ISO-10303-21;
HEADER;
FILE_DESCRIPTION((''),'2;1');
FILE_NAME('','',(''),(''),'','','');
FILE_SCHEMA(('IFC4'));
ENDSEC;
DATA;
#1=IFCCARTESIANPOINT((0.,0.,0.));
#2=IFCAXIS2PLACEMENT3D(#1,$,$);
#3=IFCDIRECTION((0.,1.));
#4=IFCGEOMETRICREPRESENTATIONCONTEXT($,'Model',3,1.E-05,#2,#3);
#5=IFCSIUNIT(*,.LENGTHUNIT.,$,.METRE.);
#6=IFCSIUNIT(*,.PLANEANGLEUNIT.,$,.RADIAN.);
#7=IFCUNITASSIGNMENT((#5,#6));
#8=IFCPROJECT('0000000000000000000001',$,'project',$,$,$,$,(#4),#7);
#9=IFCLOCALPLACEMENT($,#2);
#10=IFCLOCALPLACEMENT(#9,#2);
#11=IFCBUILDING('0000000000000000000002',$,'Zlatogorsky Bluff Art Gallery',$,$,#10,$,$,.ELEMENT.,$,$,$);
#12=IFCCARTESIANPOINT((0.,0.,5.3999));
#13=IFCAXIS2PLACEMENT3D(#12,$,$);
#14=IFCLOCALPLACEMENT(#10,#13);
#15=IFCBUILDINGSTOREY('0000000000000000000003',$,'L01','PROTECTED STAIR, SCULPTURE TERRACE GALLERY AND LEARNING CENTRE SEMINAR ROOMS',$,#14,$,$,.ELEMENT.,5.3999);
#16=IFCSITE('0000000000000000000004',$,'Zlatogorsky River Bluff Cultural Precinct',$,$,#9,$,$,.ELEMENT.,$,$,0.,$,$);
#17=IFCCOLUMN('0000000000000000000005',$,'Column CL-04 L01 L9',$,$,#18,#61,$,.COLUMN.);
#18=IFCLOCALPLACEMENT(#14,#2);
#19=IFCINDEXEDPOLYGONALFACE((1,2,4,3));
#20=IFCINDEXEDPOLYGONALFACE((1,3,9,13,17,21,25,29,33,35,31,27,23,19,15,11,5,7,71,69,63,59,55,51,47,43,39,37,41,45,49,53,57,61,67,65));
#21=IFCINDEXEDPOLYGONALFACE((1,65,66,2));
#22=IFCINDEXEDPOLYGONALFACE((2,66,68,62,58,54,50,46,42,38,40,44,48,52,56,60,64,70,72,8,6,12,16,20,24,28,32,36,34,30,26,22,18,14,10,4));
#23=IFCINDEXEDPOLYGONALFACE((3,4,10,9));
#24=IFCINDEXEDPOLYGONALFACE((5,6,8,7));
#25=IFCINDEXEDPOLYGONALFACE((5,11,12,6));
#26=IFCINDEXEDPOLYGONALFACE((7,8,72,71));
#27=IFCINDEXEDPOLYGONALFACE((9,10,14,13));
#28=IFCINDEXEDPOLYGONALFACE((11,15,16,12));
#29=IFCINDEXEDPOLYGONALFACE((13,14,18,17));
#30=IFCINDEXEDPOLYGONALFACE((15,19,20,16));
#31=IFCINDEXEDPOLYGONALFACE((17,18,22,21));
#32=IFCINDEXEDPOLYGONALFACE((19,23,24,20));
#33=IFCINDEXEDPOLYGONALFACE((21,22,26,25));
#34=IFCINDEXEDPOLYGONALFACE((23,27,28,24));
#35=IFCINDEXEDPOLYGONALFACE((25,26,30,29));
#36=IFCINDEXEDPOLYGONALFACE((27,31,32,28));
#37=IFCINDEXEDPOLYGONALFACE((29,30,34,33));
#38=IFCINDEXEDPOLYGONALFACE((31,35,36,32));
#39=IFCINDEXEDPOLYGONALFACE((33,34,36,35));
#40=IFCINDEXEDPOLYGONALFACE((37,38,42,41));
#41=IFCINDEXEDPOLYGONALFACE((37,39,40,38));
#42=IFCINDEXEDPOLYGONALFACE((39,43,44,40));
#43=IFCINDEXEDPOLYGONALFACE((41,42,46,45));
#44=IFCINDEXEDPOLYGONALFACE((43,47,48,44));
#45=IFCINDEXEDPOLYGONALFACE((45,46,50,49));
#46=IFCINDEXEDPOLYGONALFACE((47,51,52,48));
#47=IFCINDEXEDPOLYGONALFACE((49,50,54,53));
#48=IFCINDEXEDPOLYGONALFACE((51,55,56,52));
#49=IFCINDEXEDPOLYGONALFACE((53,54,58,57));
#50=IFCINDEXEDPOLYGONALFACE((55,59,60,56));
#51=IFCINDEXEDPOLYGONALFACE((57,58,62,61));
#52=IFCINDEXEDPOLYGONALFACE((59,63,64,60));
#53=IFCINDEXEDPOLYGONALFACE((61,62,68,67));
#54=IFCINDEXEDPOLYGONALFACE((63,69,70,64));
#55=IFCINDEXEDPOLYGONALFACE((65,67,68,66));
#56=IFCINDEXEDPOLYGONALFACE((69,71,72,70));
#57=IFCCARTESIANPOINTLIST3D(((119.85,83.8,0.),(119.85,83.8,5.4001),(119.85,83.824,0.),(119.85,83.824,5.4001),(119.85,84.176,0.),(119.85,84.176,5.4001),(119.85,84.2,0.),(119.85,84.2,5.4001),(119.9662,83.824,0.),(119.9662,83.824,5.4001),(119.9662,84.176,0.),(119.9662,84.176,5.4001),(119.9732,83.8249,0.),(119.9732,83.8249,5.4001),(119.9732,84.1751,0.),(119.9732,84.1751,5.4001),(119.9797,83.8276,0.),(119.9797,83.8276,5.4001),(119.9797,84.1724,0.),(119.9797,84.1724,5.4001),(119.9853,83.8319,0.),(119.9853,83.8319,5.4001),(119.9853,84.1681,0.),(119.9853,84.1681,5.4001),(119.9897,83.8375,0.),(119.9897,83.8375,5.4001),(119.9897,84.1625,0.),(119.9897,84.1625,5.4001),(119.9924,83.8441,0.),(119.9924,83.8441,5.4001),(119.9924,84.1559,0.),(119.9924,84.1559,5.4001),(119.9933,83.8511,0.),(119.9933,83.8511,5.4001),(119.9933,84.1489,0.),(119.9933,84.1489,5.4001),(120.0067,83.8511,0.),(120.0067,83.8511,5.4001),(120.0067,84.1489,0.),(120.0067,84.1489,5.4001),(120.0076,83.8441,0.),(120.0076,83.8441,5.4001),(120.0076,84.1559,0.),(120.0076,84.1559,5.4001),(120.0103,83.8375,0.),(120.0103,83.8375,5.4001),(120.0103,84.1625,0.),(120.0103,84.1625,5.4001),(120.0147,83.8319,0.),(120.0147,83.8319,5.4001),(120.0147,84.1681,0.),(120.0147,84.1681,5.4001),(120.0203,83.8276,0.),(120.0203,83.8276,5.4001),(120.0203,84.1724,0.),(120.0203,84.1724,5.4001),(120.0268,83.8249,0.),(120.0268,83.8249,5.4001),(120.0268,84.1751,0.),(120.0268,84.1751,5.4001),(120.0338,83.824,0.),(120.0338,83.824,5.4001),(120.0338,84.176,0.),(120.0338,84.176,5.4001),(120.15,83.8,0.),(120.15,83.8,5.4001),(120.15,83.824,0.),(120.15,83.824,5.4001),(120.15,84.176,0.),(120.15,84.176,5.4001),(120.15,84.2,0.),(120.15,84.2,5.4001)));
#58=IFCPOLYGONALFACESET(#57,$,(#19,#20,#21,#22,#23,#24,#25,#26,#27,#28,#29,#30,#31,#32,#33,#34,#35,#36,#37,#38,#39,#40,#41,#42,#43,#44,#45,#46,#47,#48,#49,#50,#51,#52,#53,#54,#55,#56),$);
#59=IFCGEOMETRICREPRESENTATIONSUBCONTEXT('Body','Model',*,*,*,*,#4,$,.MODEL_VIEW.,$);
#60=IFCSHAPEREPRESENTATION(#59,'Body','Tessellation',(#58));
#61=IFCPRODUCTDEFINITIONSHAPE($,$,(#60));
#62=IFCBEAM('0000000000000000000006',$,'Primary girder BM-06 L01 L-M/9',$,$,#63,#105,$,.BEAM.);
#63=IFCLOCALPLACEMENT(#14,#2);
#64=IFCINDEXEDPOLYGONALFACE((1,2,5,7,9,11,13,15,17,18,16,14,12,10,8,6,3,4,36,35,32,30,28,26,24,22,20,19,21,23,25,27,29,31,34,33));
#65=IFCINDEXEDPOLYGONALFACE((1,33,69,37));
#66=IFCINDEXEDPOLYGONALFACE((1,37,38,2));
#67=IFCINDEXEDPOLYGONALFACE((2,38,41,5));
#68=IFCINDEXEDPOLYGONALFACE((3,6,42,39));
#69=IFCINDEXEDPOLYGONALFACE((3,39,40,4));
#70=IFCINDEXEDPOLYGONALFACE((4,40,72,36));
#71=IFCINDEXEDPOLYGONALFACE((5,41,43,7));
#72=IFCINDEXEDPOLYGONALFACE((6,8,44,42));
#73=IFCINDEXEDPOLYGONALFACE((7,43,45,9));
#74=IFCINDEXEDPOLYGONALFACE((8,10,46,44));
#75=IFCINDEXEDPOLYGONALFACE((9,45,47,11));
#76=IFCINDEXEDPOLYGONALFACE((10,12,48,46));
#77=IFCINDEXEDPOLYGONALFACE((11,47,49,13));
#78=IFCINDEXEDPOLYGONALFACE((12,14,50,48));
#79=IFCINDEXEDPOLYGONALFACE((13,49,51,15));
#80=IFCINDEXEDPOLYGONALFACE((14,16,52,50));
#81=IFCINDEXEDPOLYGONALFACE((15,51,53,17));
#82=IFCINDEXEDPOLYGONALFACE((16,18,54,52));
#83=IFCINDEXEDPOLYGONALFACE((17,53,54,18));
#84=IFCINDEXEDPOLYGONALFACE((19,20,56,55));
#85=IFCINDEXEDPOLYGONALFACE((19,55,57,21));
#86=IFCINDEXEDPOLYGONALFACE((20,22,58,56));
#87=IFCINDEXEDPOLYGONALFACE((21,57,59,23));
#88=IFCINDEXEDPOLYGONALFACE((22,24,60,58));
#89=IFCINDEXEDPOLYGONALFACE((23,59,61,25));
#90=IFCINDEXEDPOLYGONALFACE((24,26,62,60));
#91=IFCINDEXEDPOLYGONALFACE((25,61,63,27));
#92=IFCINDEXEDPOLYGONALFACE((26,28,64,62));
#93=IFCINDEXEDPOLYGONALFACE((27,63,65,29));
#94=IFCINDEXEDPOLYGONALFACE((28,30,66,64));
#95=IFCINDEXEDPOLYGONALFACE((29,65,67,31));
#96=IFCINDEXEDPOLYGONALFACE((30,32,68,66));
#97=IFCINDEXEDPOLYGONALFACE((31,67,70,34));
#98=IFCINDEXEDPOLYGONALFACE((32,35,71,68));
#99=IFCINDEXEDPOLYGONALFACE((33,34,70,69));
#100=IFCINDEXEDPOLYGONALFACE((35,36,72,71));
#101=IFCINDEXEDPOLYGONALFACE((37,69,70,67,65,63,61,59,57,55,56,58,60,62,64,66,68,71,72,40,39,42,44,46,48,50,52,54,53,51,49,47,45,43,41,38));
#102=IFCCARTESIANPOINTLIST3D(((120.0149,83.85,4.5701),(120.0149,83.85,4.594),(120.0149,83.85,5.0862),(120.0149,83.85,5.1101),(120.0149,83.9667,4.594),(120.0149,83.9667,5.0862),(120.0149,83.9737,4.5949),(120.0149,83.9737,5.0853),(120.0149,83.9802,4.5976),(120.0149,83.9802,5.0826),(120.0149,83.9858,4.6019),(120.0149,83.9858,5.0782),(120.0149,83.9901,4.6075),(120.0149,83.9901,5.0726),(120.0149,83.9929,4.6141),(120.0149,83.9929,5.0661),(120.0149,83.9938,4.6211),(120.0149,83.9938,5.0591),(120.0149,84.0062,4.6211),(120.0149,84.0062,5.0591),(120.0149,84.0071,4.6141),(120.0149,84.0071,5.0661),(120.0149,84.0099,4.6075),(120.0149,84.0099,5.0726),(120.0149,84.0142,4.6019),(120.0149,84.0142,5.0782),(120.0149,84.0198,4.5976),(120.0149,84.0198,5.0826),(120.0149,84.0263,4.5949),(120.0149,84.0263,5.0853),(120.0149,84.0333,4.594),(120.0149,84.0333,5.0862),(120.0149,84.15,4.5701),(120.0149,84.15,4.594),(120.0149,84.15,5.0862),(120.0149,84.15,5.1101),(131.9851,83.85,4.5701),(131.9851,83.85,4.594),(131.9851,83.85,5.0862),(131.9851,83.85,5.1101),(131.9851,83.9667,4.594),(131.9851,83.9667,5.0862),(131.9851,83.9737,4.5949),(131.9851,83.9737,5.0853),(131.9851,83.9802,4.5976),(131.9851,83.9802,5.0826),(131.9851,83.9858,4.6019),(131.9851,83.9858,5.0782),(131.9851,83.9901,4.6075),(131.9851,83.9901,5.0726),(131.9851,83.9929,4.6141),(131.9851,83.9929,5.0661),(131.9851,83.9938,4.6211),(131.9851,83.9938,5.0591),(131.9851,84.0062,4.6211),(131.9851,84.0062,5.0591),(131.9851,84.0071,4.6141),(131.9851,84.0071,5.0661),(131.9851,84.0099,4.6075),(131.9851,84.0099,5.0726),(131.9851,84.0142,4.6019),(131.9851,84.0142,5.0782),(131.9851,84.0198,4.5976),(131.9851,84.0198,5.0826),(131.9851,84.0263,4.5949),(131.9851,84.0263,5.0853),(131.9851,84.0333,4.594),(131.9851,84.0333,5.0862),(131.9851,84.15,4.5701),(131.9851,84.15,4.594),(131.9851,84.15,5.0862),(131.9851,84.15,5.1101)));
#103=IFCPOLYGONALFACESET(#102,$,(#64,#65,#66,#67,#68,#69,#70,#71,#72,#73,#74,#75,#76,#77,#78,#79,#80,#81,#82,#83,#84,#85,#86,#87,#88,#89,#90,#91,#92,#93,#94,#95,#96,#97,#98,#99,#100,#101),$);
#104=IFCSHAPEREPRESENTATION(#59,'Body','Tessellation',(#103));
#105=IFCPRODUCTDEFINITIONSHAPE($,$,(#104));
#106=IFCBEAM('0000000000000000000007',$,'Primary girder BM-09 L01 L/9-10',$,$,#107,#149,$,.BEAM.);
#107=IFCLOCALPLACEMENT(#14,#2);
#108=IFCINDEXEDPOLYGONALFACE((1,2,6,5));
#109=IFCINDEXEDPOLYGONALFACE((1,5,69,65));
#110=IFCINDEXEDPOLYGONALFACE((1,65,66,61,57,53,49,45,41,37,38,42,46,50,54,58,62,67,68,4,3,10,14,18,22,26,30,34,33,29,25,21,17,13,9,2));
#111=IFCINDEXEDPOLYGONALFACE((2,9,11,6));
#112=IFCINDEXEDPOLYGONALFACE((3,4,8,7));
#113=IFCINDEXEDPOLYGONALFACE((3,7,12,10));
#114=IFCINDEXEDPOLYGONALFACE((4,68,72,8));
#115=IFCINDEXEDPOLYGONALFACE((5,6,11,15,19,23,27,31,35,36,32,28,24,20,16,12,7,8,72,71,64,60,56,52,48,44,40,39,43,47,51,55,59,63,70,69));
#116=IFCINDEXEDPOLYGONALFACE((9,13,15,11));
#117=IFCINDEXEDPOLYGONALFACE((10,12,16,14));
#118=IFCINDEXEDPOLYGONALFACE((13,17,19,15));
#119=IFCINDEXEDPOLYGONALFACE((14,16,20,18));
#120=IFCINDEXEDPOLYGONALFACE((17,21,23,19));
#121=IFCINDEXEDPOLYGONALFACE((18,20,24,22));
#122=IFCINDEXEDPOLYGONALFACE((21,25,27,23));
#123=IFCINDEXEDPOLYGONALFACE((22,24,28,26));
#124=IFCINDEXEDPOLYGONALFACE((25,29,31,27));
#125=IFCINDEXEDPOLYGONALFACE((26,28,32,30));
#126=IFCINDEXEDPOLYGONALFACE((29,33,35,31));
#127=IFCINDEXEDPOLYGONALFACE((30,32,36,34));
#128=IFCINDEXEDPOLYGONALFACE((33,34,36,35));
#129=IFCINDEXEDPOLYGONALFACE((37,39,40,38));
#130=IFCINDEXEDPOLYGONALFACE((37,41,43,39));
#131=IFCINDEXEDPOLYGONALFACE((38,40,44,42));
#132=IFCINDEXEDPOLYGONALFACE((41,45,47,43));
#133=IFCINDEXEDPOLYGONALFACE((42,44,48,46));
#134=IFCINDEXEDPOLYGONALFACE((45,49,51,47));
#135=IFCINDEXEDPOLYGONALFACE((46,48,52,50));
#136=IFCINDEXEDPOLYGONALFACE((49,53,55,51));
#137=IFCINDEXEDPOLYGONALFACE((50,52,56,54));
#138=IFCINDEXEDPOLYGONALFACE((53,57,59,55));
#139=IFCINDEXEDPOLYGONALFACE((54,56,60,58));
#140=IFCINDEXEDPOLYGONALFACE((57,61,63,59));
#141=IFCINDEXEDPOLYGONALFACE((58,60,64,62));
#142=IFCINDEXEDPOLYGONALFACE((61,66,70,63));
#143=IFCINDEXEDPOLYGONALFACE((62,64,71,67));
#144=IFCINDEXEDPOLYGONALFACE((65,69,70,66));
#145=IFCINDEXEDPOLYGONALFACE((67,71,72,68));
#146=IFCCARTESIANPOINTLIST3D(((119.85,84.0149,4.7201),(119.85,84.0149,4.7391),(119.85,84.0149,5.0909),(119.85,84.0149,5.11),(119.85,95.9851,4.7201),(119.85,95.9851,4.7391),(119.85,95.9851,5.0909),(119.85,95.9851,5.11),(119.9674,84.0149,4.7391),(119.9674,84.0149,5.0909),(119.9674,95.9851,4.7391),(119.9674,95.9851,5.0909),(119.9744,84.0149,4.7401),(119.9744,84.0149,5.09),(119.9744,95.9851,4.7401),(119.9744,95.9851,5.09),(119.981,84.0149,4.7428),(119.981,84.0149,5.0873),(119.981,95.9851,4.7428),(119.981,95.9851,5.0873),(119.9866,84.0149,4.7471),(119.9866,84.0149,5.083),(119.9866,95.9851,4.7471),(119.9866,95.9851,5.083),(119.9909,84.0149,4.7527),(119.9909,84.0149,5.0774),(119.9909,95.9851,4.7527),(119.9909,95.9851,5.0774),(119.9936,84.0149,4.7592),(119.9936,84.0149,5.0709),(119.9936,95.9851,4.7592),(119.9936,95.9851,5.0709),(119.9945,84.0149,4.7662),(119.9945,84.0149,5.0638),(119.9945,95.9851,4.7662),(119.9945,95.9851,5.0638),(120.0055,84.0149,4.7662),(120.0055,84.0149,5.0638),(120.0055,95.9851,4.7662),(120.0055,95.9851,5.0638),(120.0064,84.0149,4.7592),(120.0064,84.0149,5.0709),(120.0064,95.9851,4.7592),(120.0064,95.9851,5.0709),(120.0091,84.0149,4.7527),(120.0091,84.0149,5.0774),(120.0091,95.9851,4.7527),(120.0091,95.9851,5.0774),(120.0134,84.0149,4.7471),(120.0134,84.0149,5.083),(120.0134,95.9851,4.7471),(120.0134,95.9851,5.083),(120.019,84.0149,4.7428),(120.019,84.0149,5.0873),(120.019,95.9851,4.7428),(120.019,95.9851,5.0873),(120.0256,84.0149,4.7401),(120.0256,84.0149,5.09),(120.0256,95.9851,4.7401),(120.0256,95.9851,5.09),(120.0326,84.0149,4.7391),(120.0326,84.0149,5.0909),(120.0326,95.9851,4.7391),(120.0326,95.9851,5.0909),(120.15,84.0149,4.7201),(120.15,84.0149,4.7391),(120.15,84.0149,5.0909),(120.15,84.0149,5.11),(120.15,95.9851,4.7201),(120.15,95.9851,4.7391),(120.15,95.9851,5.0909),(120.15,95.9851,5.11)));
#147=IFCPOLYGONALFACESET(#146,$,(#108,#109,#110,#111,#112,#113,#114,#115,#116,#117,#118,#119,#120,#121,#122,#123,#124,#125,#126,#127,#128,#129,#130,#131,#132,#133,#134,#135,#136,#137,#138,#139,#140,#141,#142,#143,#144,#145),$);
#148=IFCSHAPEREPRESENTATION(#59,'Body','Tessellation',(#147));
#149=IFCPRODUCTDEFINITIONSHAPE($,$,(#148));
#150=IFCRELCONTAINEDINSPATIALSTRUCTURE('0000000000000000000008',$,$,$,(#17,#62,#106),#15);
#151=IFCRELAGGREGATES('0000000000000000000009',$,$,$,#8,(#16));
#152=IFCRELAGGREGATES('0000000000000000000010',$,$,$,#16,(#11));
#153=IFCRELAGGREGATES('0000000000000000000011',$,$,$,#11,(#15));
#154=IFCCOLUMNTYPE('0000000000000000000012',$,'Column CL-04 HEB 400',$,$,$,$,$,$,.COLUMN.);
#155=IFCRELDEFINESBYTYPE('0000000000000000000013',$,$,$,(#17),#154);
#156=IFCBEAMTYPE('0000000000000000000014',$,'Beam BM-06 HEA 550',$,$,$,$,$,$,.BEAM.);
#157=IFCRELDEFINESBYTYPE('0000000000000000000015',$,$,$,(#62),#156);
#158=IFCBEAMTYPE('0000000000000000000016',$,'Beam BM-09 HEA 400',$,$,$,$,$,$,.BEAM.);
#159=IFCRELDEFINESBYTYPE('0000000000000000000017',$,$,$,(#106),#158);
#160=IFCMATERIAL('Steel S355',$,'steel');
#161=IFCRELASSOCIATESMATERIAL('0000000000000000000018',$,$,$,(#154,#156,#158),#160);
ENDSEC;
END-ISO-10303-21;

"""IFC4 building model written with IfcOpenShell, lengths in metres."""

from ifc_helpers import new_model, si_unit, direction, frame, origin, origin_2d, place, context, subcontext, project, spatial, i_section, extrude, material, material_profile, profile_set, type_object, element, save


model = new_model("IFC4")

# Units and contexts
model_context = context("Model", 3, precision=1e-05, world=origin(), true_north=direction((0.0, 1.0)))
body_context = subcontext(model_context, "Body", "Model", "MODEL_VIEW")
ifc_project = project(units=[si_unit("LENGTHUNIT", "METRE"), si_unit("PLANEANGLEUNIT", "RADIAN")], contexts=[model_context])

# Site, building, storey
site_placement = place(None, origin())
site = spatial("IfcSite", under=ifc_project, at=site_placement, Name="Zlatogorsky River Bluff Cultural Precinct", CompositionType="ELEMENT", RefElevation=0.0)
building_placement = place(site_placement, origin())
building = spatial("IfcBuilding", under=site, at=building_placement, Name="Zlatogorsky Bluff Art Gallery", CompositionType="ELEMENT")
storey_placement = place(building_placement, frame((0.0, 0.0, 5.3999)))
storey = spatial("IfcBuildingStorey", under=building, at=storey_placement, Name="L01", Description="PROTECTED STAIR, SCULPTURE TERRACE GALLERY AND LEARNING CENTRE SEMINAR ROOMS", CompositionType="ELEMENT", Elevation=5.3999)

# Column
ifc_material_1 = material(Name="Steel S355", Category="steel")
ifc_material_profile_1 = material_profile(ifc_material_1, i_section(OverallWidth=0.3, OverallDepth=0.3999, WebThickness=0.0134, FlangeThickness=0.0239, FilletRadius=0.0271, at=origin_2d()), Name="HEB 400")
ifc_profile_set_1 = profile_set([ifc_material_profile_1], Name="Steel S355")
column_type = type_object("IfcColumnType", Name="Column CL-04 HEB 400", PredefinedType="COLUMN", material=ifc_profile_set_1)
column_placement = place(storey_placement, frame((120.0, 84.0, 0.0), z_axis=(0.0, 0.0, 1.0), x_axis=(1.0, 0.0, 0.0)))
element("IfcColumn", 1, at=column_placement, inside=storey, type_object=column_type, Name="Column CL-04 L01 L9", PredefinedType="COLUMN", context=body_context, shape_type="SweptSolid", body=[
    extrude(i_section(OverallWidth=0.3, OverallDepth=0.3999, WebThickness=0.0134, FlangeThickness=0.0239, FilletRadius=0.0271, at=origin_2d()), origin(), (0.0, 0.0, 1.0), 5.4001),
])

# Beams
ifc_material_profile_2 = material_profile(ifc_material_1, i_section(OverallWidth=0.3, OverallDepth=0.54, WebThickness=0.0125, FlangeThickness=0.0239, FilletRadius=0.0271, at=origin_2d()), Name="HEA 550")
ifc_profile_set_2 = profile_set([ifc_material_profile_2], Name="Steel S355")
beam_type_1 = type_object("IfcBeamType", Name="Beam BM-06 HEA 550", PredefinedType="BEAM", material=ifc_profile_set_2)
beam_1_placement = place(storey_placement, frame((120.0149, 84.0, 4.8401), z_axis=(1.0, 0.0, 0.0), x_axis=(0.0, 1.0, 0.0)))
element("IfcBeam", 2, at=beam_1_placement, inside=storey, type_object=beam_type_1, Name="Primary girder BM-06 L01 L-M/9", PredefinedType="BEAM", context=body_context, shape_type="SweptSolid", body=[
    extrude(i_section(OverallWidth=0.3, OverallDepth=0.54, WebThickness=0.0125, FlangeThickness=0.0239, FilletRadius=0.0271, at=origin_2d()), origin(), (0.0, 0.0, 1.0), 11.9702),
])
ifc_material_profile_3 = material_profile(ifc_material_1, i_section(OverallWidth=0.3, OverallDepth=0.3899, WebThickness=0.011, FlangeThickness=0.019, FilletRadius=0.0271, at=origin_2d()), Name="HEA 400")
ifc_profile_set_3 = profile_set([ifc_material_profile_3], Name="Steel S355")
beam_type_2 = type_object("IfcBeamType", Name="Beam BM-09 HEA 400", PredefinedType="BEAM", material=ifc_profile_set_3)
beam_2_placement = place(storey_placement, frame((120.0, 84.0149, 4.915), z_axis=(0.0, 1.0, 0.0), x_axis=(-1.0, 0.0, 0.0)))
element("IfcBeam", 3, at=beam_2_placement, inside=storey, type_object=beam_type_2, Name="Primary girder BM-09 L01 L/9-10", PredefinedType="BEAM", context=body_context, shape_type="SweptSolid", body=[
    extrude(i_section(OverallWidth=0.3, OverallDepth=0.3899, WebThickness=0.011, FlangeThickness=0.019, FilletRadius=0.0271, at=origin_2d()), origin(), (0.0, 0.0, 1.0), 11.9702),
])

save(model, "model.ifc")
